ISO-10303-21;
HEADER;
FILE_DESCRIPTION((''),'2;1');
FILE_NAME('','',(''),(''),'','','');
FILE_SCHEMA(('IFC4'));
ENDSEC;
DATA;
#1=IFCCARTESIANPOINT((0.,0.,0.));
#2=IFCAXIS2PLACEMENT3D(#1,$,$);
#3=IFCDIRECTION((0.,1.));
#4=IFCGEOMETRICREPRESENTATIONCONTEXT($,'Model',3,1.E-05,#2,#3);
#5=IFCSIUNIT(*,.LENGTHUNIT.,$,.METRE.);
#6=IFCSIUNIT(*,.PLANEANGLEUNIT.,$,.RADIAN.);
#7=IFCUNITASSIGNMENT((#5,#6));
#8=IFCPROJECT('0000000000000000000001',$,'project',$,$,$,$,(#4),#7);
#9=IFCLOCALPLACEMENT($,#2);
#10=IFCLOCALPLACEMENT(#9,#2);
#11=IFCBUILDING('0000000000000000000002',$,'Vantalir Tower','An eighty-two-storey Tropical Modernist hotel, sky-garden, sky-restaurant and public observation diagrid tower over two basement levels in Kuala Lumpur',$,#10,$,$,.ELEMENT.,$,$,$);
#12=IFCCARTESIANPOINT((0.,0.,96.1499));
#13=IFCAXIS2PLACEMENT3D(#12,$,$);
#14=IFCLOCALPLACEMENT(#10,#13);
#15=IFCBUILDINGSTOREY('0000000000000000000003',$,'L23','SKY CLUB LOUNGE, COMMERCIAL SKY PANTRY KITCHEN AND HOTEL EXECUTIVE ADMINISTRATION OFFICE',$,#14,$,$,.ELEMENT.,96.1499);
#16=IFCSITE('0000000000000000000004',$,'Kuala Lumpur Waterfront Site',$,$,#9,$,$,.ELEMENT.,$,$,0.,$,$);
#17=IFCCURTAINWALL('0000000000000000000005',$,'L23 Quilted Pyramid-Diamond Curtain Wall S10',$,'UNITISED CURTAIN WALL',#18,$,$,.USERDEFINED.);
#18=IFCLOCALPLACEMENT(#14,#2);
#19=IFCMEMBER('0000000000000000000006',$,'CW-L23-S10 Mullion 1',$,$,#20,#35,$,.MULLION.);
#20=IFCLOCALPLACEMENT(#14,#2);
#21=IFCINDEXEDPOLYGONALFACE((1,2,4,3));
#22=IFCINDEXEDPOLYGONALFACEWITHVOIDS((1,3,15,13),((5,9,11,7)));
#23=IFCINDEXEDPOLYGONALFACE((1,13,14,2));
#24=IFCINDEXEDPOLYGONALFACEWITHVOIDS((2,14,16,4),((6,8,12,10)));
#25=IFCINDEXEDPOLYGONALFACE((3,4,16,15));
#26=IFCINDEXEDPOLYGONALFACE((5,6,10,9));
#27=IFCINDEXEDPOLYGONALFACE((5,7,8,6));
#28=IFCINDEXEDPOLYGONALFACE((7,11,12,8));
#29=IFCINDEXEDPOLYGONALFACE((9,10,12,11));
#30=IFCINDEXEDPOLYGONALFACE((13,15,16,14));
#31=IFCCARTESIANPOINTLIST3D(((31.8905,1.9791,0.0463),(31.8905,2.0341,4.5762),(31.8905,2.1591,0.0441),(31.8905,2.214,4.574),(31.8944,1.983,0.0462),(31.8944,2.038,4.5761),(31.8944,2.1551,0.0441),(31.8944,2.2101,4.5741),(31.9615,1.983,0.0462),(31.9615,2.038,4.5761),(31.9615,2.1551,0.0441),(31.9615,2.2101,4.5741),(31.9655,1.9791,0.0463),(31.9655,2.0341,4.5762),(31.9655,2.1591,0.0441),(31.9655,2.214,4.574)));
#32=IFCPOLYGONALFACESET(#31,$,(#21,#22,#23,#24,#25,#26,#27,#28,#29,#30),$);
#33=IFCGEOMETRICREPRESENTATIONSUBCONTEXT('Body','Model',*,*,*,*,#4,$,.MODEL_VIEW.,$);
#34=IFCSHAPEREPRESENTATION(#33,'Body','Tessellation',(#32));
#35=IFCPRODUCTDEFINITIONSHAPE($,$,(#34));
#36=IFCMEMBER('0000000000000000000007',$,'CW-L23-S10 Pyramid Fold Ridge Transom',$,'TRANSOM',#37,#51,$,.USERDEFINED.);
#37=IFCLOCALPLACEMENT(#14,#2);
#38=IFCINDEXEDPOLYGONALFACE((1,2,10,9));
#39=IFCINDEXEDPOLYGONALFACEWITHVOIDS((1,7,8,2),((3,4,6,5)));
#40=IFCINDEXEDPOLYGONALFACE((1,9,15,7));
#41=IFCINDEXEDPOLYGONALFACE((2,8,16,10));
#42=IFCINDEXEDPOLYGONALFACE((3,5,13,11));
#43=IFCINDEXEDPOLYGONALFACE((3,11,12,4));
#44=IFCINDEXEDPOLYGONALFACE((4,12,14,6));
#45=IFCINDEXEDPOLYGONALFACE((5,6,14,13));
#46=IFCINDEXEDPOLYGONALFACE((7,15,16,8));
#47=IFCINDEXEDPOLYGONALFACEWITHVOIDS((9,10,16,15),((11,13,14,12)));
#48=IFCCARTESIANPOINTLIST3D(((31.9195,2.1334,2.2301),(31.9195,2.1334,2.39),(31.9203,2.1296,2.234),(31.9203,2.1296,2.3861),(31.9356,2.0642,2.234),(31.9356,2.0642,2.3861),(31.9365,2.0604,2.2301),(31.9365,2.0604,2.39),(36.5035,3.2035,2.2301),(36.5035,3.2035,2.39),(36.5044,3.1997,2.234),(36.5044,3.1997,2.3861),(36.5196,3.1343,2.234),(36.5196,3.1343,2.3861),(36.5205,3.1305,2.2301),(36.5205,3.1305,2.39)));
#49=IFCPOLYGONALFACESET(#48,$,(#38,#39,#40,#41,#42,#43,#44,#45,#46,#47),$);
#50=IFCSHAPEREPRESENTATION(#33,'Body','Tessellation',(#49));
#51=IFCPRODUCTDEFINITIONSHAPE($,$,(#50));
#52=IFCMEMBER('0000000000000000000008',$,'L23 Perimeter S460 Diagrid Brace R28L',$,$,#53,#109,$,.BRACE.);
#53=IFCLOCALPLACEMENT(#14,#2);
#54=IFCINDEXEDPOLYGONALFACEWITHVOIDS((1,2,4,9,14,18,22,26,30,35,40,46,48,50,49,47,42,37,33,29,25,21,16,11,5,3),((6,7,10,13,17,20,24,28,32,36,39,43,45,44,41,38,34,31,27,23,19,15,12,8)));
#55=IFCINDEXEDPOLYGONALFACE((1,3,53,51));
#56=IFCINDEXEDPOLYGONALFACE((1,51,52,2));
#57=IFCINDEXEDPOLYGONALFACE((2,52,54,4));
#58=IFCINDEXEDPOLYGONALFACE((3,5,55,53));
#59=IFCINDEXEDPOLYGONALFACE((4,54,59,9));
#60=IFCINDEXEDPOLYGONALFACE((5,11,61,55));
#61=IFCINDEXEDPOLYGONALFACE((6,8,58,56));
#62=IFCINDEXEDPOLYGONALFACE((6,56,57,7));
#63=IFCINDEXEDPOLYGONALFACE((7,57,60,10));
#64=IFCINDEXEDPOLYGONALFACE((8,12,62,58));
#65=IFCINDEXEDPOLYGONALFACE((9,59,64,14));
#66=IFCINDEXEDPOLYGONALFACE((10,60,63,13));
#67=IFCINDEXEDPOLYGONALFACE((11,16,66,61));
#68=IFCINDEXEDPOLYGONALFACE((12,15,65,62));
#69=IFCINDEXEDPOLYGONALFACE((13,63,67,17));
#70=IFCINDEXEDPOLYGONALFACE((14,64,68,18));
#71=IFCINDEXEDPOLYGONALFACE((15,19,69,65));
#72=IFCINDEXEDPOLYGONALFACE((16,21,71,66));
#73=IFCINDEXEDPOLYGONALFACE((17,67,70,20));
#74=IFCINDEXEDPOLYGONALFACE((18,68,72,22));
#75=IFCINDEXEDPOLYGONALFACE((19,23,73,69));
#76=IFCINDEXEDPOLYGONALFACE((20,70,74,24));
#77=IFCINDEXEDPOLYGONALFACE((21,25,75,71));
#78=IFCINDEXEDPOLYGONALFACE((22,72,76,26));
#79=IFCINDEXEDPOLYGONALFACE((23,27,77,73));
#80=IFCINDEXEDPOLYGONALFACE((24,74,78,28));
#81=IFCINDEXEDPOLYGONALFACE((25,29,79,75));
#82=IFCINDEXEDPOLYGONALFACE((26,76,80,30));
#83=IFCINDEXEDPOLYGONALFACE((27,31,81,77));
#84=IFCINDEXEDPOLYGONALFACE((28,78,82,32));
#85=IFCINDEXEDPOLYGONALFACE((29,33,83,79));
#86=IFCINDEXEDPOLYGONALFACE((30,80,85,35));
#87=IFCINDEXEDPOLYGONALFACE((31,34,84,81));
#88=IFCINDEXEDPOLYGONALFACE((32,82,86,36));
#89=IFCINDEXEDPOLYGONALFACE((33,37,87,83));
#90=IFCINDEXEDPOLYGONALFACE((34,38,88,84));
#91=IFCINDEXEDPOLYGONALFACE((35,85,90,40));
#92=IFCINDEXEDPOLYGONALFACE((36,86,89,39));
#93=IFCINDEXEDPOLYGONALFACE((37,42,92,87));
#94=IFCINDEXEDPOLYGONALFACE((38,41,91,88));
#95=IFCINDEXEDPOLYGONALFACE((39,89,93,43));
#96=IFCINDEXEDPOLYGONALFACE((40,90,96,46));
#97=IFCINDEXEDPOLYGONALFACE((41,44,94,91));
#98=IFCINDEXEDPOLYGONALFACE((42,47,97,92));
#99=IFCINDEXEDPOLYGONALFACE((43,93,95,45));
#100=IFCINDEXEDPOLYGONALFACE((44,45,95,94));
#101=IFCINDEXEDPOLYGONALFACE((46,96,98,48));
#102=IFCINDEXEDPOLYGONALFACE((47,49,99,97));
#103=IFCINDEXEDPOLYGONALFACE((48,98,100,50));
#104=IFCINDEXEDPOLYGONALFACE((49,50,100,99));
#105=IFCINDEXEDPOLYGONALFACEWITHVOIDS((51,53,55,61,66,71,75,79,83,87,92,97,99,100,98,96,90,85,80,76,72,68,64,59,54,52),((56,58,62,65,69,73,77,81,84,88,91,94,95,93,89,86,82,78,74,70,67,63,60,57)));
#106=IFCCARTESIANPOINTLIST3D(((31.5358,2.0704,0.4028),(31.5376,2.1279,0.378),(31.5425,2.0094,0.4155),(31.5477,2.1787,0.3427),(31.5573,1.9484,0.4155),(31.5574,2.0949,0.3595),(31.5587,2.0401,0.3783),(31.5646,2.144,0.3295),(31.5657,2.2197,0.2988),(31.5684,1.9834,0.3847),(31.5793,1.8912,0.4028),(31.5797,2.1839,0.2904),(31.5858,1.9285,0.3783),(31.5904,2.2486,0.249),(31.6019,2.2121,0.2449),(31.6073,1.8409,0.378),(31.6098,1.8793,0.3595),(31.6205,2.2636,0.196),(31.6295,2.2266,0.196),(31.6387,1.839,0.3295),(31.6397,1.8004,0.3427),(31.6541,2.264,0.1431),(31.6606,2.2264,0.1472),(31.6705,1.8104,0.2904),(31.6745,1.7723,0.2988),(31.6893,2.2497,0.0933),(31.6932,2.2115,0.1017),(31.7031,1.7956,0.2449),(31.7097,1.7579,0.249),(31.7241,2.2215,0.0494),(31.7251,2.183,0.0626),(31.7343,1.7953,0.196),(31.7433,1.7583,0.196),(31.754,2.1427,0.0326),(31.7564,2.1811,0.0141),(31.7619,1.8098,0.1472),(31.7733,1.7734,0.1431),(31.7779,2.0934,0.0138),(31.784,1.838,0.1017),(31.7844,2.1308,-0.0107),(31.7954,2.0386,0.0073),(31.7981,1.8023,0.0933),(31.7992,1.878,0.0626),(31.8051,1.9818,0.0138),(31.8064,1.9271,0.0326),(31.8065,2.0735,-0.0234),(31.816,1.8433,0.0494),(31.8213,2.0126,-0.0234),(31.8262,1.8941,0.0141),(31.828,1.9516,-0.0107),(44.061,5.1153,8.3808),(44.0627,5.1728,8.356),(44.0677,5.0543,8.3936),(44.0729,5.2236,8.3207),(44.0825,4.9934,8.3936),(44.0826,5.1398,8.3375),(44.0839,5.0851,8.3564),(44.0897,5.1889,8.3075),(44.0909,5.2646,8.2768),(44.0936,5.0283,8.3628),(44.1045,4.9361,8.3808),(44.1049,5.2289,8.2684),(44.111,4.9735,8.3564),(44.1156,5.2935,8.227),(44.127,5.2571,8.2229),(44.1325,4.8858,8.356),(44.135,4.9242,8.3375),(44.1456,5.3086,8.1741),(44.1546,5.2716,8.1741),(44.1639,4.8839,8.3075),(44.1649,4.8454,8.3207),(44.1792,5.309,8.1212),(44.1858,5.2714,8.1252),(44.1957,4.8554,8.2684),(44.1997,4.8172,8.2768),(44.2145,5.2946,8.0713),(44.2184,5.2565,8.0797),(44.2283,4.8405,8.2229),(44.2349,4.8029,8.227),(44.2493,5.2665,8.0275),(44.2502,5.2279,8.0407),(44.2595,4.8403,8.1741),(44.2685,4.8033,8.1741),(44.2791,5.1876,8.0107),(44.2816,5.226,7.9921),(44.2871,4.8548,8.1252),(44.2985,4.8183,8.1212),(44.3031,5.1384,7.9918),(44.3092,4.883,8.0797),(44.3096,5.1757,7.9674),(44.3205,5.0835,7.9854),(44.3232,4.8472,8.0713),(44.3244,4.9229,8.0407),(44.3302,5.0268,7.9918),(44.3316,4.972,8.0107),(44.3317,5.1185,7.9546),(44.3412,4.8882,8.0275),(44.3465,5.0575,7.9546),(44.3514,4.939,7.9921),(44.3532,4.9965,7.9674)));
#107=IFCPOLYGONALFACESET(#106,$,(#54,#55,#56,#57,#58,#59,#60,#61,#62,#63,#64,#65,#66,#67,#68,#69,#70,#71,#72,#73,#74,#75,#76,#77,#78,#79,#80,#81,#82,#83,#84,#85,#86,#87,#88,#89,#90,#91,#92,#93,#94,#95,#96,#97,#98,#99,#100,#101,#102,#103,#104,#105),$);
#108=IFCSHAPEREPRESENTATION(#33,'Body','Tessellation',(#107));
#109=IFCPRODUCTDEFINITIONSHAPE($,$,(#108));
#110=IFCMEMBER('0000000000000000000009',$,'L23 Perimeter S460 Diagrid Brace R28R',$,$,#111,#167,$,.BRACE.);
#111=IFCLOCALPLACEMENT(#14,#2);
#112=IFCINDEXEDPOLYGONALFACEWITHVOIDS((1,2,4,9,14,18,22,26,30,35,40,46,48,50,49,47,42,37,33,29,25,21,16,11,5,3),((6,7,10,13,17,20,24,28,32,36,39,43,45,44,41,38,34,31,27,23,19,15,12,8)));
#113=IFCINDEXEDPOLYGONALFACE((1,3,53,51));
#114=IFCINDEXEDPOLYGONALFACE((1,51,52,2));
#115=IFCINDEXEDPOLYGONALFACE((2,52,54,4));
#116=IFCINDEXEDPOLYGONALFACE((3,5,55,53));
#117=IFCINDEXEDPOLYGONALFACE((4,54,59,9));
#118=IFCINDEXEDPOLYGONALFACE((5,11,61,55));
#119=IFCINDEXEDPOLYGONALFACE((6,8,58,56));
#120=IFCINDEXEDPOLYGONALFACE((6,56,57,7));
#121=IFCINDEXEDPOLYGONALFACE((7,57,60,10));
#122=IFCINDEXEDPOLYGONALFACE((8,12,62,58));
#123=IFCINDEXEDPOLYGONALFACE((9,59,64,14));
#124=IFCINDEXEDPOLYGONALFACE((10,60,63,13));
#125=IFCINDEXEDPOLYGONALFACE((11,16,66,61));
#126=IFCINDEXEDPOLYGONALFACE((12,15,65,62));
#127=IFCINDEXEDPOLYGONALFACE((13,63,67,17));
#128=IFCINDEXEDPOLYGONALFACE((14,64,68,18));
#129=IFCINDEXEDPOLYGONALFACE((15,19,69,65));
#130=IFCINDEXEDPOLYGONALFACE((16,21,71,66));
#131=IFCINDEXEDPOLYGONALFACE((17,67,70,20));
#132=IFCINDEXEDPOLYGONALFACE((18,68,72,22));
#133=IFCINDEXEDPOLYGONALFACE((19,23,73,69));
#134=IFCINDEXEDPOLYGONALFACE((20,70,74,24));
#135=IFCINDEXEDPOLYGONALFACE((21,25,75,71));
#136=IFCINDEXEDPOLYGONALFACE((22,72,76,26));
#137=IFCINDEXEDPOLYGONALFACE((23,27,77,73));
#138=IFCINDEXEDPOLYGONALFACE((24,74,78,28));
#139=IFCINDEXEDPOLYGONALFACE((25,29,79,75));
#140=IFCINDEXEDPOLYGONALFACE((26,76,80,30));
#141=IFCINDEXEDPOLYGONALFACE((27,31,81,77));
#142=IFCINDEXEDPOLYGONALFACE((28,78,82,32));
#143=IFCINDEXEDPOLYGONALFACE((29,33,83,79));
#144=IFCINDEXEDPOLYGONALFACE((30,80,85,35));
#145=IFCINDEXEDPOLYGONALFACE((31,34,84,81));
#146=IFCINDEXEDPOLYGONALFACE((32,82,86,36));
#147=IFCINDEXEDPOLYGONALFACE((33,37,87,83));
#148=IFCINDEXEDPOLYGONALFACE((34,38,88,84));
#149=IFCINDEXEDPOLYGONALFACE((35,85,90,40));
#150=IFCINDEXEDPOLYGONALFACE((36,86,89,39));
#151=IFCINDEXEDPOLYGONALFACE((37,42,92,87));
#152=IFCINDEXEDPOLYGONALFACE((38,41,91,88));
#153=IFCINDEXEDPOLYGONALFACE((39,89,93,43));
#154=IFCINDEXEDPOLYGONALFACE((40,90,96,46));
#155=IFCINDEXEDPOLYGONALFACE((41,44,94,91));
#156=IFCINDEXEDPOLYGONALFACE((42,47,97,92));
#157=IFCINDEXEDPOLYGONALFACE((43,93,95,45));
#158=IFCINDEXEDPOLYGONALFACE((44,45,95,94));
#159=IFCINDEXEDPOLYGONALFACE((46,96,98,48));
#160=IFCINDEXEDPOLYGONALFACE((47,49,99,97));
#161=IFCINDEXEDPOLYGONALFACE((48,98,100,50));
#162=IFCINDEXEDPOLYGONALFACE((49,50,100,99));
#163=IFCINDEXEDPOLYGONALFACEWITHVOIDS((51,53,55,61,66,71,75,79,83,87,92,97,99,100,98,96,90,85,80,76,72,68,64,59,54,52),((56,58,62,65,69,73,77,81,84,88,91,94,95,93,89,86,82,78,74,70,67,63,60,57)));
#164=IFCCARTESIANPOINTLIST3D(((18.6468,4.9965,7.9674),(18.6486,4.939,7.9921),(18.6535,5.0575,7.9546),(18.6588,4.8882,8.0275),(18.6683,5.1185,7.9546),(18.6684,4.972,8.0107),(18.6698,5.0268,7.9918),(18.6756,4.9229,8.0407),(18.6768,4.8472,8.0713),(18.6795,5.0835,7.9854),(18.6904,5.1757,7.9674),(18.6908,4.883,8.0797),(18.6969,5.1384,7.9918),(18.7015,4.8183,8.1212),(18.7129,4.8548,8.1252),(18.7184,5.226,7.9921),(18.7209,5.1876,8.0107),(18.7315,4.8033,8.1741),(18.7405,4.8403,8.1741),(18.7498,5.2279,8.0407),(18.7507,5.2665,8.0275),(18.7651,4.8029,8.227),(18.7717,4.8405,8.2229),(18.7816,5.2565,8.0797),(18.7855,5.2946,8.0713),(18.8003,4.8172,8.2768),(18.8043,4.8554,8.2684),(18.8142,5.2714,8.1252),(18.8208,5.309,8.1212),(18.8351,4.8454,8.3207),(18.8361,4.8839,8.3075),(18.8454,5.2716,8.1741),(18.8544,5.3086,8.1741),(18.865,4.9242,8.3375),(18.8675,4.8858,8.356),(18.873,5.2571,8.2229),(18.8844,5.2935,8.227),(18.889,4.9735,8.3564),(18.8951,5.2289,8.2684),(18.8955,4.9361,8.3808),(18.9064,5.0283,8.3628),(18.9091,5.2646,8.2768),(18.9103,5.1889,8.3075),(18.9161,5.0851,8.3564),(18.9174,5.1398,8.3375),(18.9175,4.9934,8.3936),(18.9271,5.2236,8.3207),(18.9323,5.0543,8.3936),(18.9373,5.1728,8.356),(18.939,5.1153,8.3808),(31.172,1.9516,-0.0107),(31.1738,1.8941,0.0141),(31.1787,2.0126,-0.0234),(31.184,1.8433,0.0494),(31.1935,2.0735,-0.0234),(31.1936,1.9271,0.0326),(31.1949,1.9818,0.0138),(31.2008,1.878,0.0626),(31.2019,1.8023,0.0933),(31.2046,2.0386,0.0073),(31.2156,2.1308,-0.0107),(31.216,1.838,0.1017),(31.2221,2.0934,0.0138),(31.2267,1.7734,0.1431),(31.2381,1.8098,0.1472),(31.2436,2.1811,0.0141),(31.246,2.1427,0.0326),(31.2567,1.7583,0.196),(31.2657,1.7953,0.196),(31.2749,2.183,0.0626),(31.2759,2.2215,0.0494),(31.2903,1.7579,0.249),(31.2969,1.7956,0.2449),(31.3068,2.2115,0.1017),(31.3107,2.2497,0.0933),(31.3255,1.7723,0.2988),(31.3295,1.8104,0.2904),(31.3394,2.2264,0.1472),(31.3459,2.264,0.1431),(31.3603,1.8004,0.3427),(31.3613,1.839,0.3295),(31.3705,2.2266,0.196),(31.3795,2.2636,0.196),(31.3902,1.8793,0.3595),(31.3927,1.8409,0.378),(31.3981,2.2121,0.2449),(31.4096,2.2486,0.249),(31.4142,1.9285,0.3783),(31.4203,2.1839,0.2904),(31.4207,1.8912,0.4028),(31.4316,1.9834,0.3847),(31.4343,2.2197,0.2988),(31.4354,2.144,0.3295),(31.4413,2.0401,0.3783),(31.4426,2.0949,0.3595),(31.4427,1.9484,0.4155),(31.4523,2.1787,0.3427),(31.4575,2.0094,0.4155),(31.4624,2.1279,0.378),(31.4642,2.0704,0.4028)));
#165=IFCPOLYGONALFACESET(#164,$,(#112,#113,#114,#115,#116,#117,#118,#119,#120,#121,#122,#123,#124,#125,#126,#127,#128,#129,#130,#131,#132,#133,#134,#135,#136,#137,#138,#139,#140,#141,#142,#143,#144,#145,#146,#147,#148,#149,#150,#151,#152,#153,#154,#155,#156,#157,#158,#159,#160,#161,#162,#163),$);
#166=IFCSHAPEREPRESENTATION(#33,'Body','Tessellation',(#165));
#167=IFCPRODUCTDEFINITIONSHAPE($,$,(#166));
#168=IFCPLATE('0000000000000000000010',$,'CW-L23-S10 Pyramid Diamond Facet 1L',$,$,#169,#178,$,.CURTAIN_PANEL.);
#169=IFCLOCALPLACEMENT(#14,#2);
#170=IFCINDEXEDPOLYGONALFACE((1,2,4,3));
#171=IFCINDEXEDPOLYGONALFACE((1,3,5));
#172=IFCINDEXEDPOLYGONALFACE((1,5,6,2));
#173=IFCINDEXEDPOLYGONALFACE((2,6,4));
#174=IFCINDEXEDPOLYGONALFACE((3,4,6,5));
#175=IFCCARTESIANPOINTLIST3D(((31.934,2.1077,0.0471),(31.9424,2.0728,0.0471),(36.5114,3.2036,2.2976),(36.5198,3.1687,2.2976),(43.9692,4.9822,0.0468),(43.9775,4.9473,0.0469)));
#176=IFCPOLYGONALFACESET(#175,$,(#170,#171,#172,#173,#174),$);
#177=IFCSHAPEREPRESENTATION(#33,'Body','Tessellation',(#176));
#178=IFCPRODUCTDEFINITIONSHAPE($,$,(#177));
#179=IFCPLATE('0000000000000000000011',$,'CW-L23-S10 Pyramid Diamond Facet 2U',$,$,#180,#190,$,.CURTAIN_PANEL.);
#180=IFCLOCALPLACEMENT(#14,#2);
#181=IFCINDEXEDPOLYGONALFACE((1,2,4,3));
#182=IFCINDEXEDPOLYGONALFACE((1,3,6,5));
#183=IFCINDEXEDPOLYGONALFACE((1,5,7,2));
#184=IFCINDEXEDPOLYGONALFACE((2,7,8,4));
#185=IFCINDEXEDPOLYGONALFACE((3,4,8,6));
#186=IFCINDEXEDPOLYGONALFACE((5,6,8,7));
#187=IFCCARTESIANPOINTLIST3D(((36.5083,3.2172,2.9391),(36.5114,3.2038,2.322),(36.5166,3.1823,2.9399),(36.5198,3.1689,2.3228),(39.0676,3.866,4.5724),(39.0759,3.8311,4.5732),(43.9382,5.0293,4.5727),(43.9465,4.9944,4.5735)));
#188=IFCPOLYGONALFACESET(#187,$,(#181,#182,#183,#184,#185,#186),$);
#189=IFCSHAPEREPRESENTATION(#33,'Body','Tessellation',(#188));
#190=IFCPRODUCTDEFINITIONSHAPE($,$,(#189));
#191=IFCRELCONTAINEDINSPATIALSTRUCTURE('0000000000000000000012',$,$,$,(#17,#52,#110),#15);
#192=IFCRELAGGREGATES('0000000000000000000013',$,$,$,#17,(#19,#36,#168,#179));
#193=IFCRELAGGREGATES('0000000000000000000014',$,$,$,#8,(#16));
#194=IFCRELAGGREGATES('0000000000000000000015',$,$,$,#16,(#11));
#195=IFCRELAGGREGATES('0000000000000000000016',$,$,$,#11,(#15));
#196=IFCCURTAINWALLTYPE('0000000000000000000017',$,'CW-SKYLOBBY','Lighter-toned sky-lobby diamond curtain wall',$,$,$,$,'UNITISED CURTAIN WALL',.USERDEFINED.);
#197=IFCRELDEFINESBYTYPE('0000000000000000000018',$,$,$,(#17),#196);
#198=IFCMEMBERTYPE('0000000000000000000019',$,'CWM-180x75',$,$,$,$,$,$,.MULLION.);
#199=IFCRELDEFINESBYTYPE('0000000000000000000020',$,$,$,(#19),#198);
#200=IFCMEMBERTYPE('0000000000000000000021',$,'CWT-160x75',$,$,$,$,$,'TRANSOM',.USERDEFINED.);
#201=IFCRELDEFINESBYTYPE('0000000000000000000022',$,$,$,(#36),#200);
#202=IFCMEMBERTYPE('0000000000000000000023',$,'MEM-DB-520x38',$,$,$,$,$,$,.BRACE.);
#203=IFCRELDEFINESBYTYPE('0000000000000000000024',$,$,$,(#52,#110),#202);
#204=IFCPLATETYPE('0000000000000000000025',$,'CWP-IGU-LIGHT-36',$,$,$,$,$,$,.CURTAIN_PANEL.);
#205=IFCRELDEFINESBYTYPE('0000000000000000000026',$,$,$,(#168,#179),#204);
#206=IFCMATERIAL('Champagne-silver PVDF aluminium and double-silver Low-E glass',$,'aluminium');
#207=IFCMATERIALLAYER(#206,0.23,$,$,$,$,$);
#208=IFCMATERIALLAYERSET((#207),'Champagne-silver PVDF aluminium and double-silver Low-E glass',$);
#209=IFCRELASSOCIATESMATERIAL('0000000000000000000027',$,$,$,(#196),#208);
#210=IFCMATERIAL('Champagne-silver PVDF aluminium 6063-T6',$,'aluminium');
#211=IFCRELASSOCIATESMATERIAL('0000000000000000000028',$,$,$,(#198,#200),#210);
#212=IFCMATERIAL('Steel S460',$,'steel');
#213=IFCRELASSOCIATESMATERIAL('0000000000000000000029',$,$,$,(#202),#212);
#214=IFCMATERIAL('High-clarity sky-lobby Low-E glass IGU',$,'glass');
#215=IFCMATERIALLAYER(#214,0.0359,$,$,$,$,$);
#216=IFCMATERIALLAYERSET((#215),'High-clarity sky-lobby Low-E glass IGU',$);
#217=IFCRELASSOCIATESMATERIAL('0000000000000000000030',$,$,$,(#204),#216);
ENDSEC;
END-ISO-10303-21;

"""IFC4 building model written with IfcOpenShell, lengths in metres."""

from ifc_helpers import new_model, si_unit, direction, frame, origin, origin_2d, place, context, subcontext, project, spatial, polyline, hollow_rectangle, hollow_circle, outline, extrude, material, layer, layer_set, material_profile, profile_set, type_object, element, aggregate, save


model = new_model("IFC4")

# Units and contexts
model_context = context("Model", 3, precision=1e-05, world=origin(), true_north=direction((0.0, 1.0)))
body_context = subcontext(model_context, "Body", "Model", "MODEL_VIEW")
ifc_project = project(units=[si_unit("LENGTHUNIT", "METRE"), si_unit("PLANEANGLEUNIT", "RADIAN")], contexts=[model_context])

# Site, building, storey
site_placement = place(None, origin())
site = spatial("IfcSite", under=ifc_project, at=site_placement, Name="Kuala Lumpur Waterfront Site", CompositionType="ELEMENT", RefElevation=0.0)
building_placement = place(site_placement, origin())
building = spatial("IfcBuilding", under=site, at=building_placement, Name="Vantalir Tower", Description="An eighty-two-storey Tropical Modernist hotel, sky-garden, sky-restaurant and public observation diagrid tower over two basement levels in Kuala Lumpur", CompositionType="ELEMENT")
storey_placement = place(building_placement, frame((0.0, 0.0, 96.1499)))
storey = spatial("IfcBuildingStorey", under=building, at=storey_placement, Name="L23", Description="SKY CLUB LOUNGE, COMMERCIAL SKY PANTRY KITCHEN AND HOTEL EXECUTIVE ADMINISTRATION OFFICE", CompositionType="ELEMENT", Elevation=96.1499)

# Shared definitions
ifc_material_1 = material(Name="Steel S460", Category="steel")

# Curtain wall, members
ifc_material_2 = material(Name="Champagne-silver PVDF aluminium and double-silver Low-E glass", Category="aluminium")
ifc_layer_1 = layer(ifc_material_2, 0.23)
ifc_layer_set_1 = layer_set([ifc_layer_1], Name="Champagne-silver PVDF aluminium and double-silver Low-E glass")
curtain_wall_type = type_object("IfcCurtainWallType", Name="CW-SKYLOBBY", Description="Lighter-toned sky-lobby diamond curtain wall", ElementType="UNITISED CURTAIN WALL", PredefinedType="USERDEFINED", material=ifc_layer_set_1)
curtain_wall_placement = place(storey_placement, origin())
curtain_wall = element("IfcCurtainWall", 1, at=curtain_wall_placement, inside=storey, type_object=curtain_wall_type, Name="L23 Quilted Pyramid-Diamond Curtain Wall S10", ObjectType="UNITISED CURTAIN WALL", PredefinedType="USERDEFINED")
ifc_material_3 = material(Name="Champagne-silver PVDF aluminium 6063-T6", Category="aluminium")
ifc_material_profile_1 = material_profile(ifc_material_3, hollow_rectangle(XDim=0.075, YDim=0.1799, WallThickness=0.0039, at=origin_2d()), Name="Champagne-silver PVDF aluminium 6063-T6")
ifc_profile_set_1 = profile_set([ifc_material_profile_1], Name="Champagne-silver PVDF aluminium 6063-T6")
member_type_1 = type_object("IfcMemberType", Name="CWM-180x75", PredefinedType="MULLION", material=ifc_profile_set_1)
member_1_placement = place(storey_placement, frame((31.928, 2.0691, 0.0452), z_axis=(0.0, 0.012125, 0.999926), x_axis=(-1.0, 0.0, 0.0)))
member_1 = element("IfcMember", 2, at=member_1_placement, type_object=member_type_1, Name="CW-L23-S10 Mullion 1", PredefinedType="MULLION", context=body_context, shape_type="SweptSolid", body=[
    extrude(hollow_rectangle(XDim=0.075, YDim=0.1799, WallThickness=0.0039, at=origin_2d()), origin(), (0.0, 0.0, 1.0), 4.5303),
])
ifc_material_profile_2 = material_profile(ifc_material_3, hollow_rectangle(XDim=0.075, YDim=0.1599, WallThickness=0.0039, at=origin_2d()), Name="Champagne-silver PVDF aluminium 6063-T6")
ifc_profile_set_2 = profile_set([ifc_material_profile_2], Name="Champagne-silver PVDF aluminium 6063-T6")
member_type_2 = type_object("IfcMemberType", Name="CWT-160x75", ElementType="TRANSOM", PredefinedType="USERDEFINED", material=ifc_profile_set_2)
member_2_placement = place(storey_placement, frame((31.928, 2.0969, 2.3101), z_axis=(0.973819, 0.227325, 0.0), x_axis=(-0.227325, 0.973819, 0.0)))
member_2 = element("IfcMember", 3, at=member_2_placement, type_object=member_type_2, Name="CW-L23-S10 Pyramid Fold Ridge Transom", ObjectType="TRANSOM", PredefinedType="USERDEFINED", context=body_context, shape_type="SweptSolid", body=[
    extrude(hollow_rectangle(XDim=0.075, YDim=0.1599, WallThickness=0.0039, at=origin_2d()), origin(), (0.0, 0.0, 1.0), 4.7073),
])

# Members
ifc_material_profile_3 = material_profile(ifc_material_1, hollow_circle(Radius=0.26, WallThickness=0.0381, at=origin_2d()), Name="Steel S460")
ifc_profile_set_3 = profile_set([ifc_material_profile_3], Name="Steel S460")
member_type_3 = type_object("IfcMemberType", Name="MEM-DB-520x38", PredefinedType="BRACE", material=ifc_profile_set_3)
for number, where, z_axis, x_axis, name in (
    (4, (31.6819, 2.011, 0.196), (0.826243, 0.200864, 0.526285), (-0.236224, 0.971699, 0.0), "L23 Perimeter S460 Diagrid Brace R28L"),
    (5, (31.3181, 2.011, 0.196), (-0.826243, 0.200864, 0.526285), (-0.236224, -0.971699, 0.0), "L23 Perimeter S460 Diagrid Brace R28R"),
):
    element("IfcMember", number, at=place(storey_placement, frame(where, z_axis=z_axis, x_axis=x_axis)), inside=storey, type_object=member_type_3, Name=name, PredefinedType="BRACE", context=body_context, shape_type="SweptSolid", body=[
        extrude(hollow_circle(Radius=0.26, WallThickness=0.0381, at=origin_2d()), origin(), (0.0, 0.0, 1.0), 15.1592),
    ])

# Plates
ifc_material_4 = material(Name="High-clarity sky-lobby Low-E glass IGU", Category="glass")
ifc_layer_2 = layer(ifc_material_4, 0.0359)
ifc_layer_set_2 = layer_set([ifc_layer_2], Name="High-clarity sky-lobby Low-E glass IGU")
plate_type_1 = type_object("IfcPlateType", Name="CWP-IGU-LIGHT-36", PredefinedType="CURTAIN_PANEL", material=ifc_layer_set_2)
plate_1_placement = place(storey_placement, frame((31.9424, 2.0728, 0.0471), z_axis=(0.232309, -0.972641, 0.001154), x_axis=(0.972642, 0.232309, -0.00002)))
plate_1 = element("IfcPlate", 6, at=plate_1_placement, type_object=plate_type_1, Name="CW-L23-S10 Pyramid Diamond Facet 1L", PredefinedType="CURTAIN_PANEL", context=body_context, shape_type="SweptSolid", body=[
    extrude(outline(polyline([(0.0, 0.0), (12.3737, 0.0), (4.7067, 2.2506), (0.0, 0.0)])), origin(), (0.0, 0.0, -1.0), 0.0359),
])
plate_2_placement = place(storey_placement, frame((39.0759, 3.8311, 4.5732), z_axis=(0.232247, -0.972401, 0.022296), x_axis=(0.972643, 0.232306, 0.000049)))
plate_2 = element("IfcPlate", 7, at=plate_2_placement, type_object=plate_type_1, Name="CW-L23-S10 Pyramid Diamond Facet 2U", PredefinedType="CURTAIN_PANEL", context=body_context, shape_type="SweptSolid", body=[
    extrude(outline(polyline([(0.0, 0.0), (5.0076, 0.0), (-2.6401, -2.2509), (-2.6401, -1.6336), (0.0, 0.0)])), origin(), (0.0, 0.0, -1.0), 0.0359),
])
aggregate(curtain_wall, [member_1, member_2, plate_1, plate_2])

save(model, "model.ifc")
